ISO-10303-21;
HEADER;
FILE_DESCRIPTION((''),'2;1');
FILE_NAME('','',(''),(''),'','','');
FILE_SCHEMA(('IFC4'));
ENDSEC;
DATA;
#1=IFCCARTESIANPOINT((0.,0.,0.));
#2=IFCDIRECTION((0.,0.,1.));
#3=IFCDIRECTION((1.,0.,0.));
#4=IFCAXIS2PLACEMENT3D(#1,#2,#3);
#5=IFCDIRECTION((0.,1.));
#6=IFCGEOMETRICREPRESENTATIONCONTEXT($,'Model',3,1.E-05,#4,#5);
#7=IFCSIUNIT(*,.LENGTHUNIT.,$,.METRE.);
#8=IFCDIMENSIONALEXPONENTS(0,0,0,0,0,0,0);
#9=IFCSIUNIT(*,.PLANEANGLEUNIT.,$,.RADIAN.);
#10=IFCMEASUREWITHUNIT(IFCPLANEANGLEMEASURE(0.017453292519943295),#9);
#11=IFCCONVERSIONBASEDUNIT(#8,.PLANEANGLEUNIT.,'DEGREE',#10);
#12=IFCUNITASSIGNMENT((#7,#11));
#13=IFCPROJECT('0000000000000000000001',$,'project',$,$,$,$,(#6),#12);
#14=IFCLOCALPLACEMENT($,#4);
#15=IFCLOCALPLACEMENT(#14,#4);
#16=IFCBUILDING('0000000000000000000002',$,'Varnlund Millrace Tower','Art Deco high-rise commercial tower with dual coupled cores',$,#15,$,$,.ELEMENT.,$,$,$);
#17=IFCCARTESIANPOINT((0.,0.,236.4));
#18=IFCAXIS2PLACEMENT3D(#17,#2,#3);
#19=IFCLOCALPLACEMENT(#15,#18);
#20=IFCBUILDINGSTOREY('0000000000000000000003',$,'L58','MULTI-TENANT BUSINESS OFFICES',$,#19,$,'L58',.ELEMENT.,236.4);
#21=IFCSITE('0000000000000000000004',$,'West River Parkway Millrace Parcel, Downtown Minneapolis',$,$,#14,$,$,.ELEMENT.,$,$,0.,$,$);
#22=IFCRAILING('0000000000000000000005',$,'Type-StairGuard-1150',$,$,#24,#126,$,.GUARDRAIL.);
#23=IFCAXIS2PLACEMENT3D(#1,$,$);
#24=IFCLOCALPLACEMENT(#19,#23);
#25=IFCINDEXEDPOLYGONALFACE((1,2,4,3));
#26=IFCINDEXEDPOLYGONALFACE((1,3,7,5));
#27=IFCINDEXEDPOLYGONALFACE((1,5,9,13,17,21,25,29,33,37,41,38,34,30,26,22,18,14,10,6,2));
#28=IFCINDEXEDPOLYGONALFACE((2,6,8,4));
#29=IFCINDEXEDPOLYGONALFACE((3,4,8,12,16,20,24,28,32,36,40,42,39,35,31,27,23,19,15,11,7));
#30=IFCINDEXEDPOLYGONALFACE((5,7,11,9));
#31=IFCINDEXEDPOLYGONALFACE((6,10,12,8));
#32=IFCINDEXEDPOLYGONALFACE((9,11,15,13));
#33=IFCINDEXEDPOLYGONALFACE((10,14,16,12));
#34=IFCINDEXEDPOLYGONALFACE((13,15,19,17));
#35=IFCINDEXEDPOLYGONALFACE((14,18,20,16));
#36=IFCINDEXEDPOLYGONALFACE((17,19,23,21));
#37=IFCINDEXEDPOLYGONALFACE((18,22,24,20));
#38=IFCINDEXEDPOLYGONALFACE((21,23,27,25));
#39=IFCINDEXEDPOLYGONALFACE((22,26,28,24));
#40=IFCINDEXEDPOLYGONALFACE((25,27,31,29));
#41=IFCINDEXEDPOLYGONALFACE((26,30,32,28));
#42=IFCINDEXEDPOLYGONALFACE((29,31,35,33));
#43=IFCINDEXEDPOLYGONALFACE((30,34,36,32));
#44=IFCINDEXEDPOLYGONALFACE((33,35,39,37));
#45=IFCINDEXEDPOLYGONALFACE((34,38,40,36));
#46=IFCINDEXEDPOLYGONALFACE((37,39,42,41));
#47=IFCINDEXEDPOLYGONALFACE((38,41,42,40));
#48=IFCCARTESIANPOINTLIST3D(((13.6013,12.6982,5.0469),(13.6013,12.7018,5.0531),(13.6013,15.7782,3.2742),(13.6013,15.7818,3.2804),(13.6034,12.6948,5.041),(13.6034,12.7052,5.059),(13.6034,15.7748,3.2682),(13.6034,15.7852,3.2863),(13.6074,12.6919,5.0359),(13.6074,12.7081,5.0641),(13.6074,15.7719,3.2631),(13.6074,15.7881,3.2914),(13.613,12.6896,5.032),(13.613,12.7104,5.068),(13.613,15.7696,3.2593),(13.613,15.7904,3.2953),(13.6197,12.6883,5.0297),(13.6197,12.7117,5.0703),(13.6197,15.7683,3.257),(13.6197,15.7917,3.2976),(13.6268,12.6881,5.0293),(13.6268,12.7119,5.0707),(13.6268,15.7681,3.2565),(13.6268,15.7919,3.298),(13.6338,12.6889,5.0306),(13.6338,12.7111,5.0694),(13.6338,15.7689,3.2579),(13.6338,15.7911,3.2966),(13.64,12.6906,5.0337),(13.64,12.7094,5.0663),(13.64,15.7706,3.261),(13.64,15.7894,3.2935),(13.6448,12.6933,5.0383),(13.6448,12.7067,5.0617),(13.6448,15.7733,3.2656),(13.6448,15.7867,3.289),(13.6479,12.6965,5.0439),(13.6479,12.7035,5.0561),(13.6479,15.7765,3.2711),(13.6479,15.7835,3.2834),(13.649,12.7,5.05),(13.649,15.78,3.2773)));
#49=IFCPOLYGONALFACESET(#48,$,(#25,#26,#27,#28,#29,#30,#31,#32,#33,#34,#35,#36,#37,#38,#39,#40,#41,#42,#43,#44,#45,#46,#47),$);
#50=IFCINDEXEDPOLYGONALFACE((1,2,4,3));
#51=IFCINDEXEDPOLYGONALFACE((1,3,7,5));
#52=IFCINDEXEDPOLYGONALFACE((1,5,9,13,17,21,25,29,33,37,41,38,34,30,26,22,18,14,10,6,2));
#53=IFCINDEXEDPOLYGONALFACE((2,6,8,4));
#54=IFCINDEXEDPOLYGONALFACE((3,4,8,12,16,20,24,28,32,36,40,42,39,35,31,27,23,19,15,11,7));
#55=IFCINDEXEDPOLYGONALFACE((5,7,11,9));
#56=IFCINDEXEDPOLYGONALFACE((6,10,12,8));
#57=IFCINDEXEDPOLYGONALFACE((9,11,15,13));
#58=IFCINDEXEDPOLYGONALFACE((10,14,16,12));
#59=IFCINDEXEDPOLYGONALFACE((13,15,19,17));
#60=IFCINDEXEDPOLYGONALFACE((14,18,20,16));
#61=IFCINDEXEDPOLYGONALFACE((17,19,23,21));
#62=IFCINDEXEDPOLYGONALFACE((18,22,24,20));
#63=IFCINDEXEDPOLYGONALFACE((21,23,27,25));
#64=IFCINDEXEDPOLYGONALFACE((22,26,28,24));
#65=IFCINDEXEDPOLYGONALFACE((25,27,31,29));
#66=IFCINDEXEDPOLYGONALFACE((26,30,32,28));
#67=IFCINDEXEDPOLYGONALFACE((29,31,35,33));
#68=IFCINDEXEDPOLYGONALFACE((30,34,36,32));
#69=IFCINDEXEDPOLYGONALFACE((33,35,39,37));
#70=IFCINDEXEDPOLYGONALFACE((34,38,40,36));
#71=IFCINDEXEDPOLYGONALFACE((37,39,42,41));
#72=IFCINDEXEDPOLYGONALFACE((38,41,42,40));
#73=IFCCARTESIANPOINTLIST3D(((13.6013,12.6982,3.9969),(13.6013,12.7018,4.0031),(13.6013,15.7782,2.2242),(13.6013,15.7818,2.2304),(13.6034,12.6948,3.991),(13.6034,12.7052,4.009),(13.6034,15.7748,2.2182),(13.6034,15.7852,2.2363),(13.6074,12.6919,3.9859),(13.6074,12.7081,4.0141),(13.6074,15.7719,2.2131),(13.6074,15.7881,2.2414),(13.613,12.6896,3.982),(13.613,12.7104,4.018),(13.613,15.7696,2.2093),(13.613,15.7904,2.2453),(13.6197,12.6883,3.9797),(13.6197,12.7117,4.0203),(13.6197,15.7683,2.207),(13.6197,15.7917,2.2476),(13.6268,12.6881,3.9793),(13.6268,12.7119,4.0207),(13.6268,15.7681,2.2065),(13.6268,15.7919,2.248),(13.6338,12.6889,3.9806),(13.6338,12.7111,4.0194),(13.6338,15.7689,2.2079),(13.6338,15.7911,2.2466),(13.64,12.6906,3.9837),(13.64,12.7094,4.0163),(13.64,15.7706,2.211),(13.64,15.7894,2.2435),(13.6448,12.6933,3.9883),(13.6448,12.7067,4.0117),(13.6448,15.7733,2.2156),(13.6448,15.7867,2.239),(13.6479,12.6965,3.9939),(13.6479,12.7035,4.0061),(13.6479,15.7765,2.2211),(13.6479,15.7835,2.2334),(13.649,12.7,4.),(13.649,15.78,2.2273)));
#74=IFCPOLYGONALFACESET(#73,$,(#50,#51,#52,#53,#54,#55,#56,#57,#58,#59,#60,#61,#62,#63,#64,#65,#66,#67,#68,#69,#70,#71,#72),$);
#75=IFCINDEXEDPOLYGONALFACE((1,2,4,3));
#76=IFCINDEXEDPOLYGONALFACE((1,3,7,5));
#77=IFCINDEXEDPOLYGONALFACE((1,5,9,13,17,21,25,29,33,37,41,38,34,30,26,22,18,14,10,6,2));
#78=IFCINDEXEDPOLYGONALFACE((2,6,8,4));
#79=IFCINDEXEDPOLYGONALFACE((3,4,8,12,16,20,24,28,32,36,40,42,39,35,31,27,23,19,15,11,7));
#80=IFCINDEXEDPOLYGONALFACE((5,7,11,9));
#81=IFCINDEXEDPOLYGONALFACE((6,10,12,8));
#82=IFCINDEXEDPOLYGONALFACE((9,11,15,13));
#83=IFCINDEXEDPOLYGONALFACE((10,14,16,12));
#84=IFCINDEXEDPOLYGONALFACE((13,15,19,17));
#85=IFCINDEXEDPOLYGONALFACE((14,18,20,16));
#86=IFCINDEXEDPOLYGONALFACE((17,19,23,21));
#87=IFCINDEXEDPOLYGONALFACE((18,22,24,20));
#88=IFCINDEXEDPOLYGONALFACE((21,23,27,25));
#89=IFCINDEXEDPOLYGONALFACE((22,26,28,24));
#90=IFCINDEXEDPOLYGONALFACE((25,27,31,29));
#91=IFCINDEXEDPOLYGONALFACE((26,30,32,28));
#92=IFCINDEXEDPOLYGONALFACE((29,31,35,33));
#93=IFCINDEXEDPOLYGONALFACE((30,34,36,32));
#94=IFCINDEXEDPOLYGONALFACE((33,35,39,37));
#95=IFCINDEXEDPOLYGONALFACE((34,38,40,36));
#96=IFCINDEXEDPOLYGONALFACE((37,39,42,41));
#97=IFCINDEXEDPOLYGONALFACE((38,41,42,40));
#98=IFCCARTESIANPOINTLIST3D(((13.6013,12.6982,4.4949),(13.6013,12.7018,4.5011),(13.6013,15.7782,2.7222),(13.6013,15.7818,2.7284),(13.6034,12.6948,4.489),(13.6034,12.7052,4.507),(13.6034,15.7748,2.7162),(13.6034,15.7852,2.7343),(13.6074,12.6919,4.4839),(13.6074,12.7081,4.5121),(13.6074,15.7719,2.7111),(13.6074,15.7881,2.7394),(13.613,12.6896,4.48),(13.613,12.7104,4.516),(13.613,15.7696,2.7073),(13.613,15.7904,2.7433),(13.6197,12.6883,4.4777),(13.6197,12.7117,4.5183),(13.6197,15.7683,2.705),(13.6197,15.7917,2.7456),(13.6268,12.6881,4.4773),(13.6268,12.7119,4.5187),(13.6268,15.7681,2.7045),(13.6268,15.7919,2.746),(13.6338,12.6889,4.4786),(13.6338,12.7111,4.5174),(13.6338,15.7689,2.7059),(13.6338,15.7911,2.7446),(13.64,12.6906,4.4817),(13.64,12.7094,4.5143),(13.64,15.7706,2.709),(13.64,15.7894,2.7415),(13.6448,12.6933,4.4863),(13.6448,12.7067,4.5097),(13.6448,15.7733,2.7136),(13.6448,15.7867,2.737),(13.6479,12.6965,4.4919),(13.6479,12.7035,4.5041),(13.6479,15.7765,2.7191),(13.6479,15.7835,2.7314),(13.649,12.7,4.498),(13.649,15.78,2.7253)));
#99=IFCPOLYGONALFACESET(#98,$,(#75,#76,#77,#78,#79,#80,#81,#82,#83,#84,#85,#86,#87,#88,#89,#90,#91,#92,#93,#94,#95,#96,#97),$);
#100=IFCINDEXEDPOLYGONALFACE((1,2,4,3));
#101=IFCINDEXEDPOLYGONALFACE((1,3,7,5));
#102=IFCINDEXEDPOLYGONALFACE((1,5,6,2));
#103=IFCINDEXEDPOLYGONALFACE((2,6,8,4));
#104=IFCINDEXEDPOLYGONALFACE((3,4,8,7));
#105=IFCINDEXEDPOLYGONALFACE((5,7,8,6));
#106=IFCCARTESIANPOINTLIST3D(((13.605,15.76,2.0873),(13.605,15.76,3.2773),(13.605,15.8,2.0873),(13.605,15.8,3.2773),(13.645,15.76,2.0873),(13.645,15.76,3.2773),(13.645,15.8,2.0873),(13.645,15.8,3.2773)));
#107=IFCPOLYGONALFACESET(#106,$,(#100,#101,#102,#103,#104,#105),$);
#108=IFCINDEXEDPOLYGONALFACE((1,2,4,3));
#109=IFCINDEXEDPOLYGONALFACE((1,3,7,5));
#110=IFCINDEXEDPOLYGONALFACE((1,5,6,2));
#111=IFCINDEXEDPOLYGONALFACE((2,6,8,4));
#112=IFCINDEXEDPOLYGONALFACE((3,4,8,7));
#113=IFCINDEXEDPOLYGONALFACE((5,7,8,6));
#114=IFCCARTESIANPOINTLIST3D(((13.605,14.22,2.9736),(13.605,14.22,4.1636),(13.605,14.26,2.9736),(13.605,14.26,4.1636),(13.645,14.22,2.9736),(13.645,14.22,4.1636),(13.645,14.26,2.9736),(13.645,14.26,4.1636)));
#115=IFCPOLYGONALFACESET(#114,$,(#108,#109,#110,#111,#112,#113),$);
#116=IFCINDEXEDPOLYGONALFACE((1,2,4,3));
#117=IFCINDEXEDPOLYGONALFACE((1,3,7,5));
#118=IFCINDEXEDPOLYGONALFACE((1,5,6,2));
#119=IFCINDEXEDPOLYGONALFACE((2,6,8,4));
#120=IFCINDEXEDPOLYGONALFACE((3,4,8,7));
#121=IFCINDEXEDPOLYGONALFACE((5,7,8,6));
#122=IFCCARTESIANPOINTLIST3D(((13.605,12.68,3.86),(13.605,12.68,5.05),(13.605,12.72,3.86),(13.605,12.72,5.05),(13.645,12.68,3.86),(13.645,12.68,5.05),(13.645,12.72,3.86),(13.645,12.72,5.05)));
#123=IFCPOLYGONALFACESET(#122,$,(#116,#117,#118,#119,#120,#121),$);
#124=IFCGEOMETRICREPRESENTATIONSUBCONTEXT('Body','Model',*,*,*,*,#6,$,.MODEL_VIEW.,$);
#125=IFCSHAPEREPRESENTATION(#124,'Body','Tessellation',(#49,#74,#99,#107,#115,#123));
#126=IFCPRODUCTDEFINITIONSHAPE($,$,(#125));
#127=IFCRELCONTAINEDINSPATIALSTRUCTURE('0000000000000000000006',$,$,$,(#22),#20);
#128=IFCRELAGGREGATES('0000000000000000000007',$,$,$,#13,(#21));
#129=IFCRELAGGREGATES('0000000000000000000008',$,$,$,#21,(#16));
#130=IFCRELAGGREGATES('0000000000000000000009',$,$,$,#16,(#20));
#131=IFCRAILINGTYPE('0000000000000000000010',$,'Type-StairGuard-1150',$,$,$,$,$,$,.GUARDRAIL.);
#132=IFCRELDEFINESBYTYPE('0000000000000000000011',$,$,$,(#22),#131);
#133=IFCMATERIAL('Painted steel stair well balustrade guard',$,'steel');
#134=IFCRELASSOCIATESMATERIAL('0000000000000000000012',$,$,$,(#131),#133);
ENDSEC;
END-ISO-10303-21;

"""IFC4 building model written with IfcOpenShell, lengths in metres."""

from ifc_helpers import new_model, entity, si_unit, converted_unit, direction, frame, origin_with_axes, origin_2d_with_axis, place, context, subcontext, project, spatial, rectangle, circle, extrude, material, type_object, element, save


model = new_model("IFC4")

# Units and contexts
model_context = context("Model", 3, precision=1e-05, world=origin_with_axes(), true_north=direction((0.0, 1.0)))
body_context = subcontext(model_context, "Body", "Model", "MODEL_VIEW")
ifc_project = project(units=[si_unit("LENGTHUNIT", "METRE"), converted_unit("PLANEANGLEUNIT", "DEGREE", entity("IfcPlaneAngleMeasure", 0.017453292519943295), si_unit("PLANEANGLEUNIT", "RADIAN"), dimensions=[0, 0, 0, 0, 0, 0, 0])], contexts=[model_context])

# Site, building, storey
site_placement = place(None, origin_with_axes())
site = spatial("IfcSite", under=ifc_project, at=site_placement, Name="West River Parkway Millrace Parcel, Downtown Minneapolis", CompositionType="ELEMENT", RefElevation=0.0)
building_placement = place(site_placement, origin_with_axes())
building = spatial("IfcBuilding", under=site, at=building_placement, Name="Varnlund Millrace Tower", Description="Art Deco high-rise commercial tower with dual coupled cores", CompositionType="ELEMENT")
storey_placement = place(building_placement, frame((0.0, 0.0, 236.4), z_axis=(0.0, 0.0, 1.0), x_axis=(1.0, 0.0, 0.0)))
storey = spatial("IfcBuildingStorey", under=building, at=storey_placement, Name="L58", Description="MULTI-TENANT BUSINESS OFFICES", LongName="L58", CompositionType="ELEMENT", Elevation=236.4)

# Railing
ifc_material_1 = material(Name="Painted steel stair well balustrade guard", Category="steel")
railing_type_1 = type_object("IfcRailingType", Name="Type-StairGuard-1150", PredefinedType="GUARDRAIL", material=ifc_material_1)
railing_1_placement = place(storey_placement, frame((0.0, 0.0, -236.4), z_axis=(0.0, 0.0, 1.0), x_axis=(1.0, 0.0, 0.0)))
element("IfcRailing", 1, at=railing_1_placement, inside=storey, type_object=railing_type_1, Name="Type-StairGuard-1150", PredefinedType="GUARDRAIL", context=body_context, shape_type="SweptSolid", body=[
    extrude(circle(Radius=0.024, at=origin_2d_with_axis()), frame((13.625, 15.78, 239.6773), z_axis=(0.0, -0.866696, 0.498836), x_axis=(1.0, 0.0, 0.0)), (0.0, 0.0, 1.0), 3.5537),
    extrude(circle(Radius=0.024, at=origin_2d_with_axis()), frame((13.625, 15.78, 238.6273), z_axis=(0.0, -0.866696, 0.498836), x_axis=(1.0, 0.0, 0.0)), (0.0, 0.0, 1.0), 3.5537),
    extrude(circle(Radius=0.024, at=origin_2d_with_axis()), frame((13.625, 15.78, 239.1253), z_axis=(0.0, -0.866696, 0.498836), x_axis=(1.0, 0.0, 0.0)), (0.0, 0.0, 1.0), 3.5537),
    extrude(rectangle(XDim=0.04, YDim=0.04, at=origin_2d_with_axis()), frame((13.625, 15.78, 238.4873), z_axis=(0.0, 0.0, 1.0), x_axis=(1.0, 0.0, 0.0)), (0.0, 0.0, 1.0), 1.19),
    extrude(rectangle(XDim=0.04, YDim=0.04, at=origin_2d_with_axis()), frame((13.625, 14.24, 239.3736), z_axis=(0.0, 0.0, 1.0), x_axis=(1.0, 0.0, 0.0)), (0.0, 0.0, 1.0), 1.19),
    extrude(rectangle(XDim=0.04, YDim=0.04, at=origin_2d_with_axis()), frame((13.625, 12.7, 240.26), z_axis=(0.0, 0.0, 1.0), x_axis=(1.0, 0.0, 0.0)), (0.0, 0.0, 1.0), 1.19),
])

save(model, "model.ifc")
